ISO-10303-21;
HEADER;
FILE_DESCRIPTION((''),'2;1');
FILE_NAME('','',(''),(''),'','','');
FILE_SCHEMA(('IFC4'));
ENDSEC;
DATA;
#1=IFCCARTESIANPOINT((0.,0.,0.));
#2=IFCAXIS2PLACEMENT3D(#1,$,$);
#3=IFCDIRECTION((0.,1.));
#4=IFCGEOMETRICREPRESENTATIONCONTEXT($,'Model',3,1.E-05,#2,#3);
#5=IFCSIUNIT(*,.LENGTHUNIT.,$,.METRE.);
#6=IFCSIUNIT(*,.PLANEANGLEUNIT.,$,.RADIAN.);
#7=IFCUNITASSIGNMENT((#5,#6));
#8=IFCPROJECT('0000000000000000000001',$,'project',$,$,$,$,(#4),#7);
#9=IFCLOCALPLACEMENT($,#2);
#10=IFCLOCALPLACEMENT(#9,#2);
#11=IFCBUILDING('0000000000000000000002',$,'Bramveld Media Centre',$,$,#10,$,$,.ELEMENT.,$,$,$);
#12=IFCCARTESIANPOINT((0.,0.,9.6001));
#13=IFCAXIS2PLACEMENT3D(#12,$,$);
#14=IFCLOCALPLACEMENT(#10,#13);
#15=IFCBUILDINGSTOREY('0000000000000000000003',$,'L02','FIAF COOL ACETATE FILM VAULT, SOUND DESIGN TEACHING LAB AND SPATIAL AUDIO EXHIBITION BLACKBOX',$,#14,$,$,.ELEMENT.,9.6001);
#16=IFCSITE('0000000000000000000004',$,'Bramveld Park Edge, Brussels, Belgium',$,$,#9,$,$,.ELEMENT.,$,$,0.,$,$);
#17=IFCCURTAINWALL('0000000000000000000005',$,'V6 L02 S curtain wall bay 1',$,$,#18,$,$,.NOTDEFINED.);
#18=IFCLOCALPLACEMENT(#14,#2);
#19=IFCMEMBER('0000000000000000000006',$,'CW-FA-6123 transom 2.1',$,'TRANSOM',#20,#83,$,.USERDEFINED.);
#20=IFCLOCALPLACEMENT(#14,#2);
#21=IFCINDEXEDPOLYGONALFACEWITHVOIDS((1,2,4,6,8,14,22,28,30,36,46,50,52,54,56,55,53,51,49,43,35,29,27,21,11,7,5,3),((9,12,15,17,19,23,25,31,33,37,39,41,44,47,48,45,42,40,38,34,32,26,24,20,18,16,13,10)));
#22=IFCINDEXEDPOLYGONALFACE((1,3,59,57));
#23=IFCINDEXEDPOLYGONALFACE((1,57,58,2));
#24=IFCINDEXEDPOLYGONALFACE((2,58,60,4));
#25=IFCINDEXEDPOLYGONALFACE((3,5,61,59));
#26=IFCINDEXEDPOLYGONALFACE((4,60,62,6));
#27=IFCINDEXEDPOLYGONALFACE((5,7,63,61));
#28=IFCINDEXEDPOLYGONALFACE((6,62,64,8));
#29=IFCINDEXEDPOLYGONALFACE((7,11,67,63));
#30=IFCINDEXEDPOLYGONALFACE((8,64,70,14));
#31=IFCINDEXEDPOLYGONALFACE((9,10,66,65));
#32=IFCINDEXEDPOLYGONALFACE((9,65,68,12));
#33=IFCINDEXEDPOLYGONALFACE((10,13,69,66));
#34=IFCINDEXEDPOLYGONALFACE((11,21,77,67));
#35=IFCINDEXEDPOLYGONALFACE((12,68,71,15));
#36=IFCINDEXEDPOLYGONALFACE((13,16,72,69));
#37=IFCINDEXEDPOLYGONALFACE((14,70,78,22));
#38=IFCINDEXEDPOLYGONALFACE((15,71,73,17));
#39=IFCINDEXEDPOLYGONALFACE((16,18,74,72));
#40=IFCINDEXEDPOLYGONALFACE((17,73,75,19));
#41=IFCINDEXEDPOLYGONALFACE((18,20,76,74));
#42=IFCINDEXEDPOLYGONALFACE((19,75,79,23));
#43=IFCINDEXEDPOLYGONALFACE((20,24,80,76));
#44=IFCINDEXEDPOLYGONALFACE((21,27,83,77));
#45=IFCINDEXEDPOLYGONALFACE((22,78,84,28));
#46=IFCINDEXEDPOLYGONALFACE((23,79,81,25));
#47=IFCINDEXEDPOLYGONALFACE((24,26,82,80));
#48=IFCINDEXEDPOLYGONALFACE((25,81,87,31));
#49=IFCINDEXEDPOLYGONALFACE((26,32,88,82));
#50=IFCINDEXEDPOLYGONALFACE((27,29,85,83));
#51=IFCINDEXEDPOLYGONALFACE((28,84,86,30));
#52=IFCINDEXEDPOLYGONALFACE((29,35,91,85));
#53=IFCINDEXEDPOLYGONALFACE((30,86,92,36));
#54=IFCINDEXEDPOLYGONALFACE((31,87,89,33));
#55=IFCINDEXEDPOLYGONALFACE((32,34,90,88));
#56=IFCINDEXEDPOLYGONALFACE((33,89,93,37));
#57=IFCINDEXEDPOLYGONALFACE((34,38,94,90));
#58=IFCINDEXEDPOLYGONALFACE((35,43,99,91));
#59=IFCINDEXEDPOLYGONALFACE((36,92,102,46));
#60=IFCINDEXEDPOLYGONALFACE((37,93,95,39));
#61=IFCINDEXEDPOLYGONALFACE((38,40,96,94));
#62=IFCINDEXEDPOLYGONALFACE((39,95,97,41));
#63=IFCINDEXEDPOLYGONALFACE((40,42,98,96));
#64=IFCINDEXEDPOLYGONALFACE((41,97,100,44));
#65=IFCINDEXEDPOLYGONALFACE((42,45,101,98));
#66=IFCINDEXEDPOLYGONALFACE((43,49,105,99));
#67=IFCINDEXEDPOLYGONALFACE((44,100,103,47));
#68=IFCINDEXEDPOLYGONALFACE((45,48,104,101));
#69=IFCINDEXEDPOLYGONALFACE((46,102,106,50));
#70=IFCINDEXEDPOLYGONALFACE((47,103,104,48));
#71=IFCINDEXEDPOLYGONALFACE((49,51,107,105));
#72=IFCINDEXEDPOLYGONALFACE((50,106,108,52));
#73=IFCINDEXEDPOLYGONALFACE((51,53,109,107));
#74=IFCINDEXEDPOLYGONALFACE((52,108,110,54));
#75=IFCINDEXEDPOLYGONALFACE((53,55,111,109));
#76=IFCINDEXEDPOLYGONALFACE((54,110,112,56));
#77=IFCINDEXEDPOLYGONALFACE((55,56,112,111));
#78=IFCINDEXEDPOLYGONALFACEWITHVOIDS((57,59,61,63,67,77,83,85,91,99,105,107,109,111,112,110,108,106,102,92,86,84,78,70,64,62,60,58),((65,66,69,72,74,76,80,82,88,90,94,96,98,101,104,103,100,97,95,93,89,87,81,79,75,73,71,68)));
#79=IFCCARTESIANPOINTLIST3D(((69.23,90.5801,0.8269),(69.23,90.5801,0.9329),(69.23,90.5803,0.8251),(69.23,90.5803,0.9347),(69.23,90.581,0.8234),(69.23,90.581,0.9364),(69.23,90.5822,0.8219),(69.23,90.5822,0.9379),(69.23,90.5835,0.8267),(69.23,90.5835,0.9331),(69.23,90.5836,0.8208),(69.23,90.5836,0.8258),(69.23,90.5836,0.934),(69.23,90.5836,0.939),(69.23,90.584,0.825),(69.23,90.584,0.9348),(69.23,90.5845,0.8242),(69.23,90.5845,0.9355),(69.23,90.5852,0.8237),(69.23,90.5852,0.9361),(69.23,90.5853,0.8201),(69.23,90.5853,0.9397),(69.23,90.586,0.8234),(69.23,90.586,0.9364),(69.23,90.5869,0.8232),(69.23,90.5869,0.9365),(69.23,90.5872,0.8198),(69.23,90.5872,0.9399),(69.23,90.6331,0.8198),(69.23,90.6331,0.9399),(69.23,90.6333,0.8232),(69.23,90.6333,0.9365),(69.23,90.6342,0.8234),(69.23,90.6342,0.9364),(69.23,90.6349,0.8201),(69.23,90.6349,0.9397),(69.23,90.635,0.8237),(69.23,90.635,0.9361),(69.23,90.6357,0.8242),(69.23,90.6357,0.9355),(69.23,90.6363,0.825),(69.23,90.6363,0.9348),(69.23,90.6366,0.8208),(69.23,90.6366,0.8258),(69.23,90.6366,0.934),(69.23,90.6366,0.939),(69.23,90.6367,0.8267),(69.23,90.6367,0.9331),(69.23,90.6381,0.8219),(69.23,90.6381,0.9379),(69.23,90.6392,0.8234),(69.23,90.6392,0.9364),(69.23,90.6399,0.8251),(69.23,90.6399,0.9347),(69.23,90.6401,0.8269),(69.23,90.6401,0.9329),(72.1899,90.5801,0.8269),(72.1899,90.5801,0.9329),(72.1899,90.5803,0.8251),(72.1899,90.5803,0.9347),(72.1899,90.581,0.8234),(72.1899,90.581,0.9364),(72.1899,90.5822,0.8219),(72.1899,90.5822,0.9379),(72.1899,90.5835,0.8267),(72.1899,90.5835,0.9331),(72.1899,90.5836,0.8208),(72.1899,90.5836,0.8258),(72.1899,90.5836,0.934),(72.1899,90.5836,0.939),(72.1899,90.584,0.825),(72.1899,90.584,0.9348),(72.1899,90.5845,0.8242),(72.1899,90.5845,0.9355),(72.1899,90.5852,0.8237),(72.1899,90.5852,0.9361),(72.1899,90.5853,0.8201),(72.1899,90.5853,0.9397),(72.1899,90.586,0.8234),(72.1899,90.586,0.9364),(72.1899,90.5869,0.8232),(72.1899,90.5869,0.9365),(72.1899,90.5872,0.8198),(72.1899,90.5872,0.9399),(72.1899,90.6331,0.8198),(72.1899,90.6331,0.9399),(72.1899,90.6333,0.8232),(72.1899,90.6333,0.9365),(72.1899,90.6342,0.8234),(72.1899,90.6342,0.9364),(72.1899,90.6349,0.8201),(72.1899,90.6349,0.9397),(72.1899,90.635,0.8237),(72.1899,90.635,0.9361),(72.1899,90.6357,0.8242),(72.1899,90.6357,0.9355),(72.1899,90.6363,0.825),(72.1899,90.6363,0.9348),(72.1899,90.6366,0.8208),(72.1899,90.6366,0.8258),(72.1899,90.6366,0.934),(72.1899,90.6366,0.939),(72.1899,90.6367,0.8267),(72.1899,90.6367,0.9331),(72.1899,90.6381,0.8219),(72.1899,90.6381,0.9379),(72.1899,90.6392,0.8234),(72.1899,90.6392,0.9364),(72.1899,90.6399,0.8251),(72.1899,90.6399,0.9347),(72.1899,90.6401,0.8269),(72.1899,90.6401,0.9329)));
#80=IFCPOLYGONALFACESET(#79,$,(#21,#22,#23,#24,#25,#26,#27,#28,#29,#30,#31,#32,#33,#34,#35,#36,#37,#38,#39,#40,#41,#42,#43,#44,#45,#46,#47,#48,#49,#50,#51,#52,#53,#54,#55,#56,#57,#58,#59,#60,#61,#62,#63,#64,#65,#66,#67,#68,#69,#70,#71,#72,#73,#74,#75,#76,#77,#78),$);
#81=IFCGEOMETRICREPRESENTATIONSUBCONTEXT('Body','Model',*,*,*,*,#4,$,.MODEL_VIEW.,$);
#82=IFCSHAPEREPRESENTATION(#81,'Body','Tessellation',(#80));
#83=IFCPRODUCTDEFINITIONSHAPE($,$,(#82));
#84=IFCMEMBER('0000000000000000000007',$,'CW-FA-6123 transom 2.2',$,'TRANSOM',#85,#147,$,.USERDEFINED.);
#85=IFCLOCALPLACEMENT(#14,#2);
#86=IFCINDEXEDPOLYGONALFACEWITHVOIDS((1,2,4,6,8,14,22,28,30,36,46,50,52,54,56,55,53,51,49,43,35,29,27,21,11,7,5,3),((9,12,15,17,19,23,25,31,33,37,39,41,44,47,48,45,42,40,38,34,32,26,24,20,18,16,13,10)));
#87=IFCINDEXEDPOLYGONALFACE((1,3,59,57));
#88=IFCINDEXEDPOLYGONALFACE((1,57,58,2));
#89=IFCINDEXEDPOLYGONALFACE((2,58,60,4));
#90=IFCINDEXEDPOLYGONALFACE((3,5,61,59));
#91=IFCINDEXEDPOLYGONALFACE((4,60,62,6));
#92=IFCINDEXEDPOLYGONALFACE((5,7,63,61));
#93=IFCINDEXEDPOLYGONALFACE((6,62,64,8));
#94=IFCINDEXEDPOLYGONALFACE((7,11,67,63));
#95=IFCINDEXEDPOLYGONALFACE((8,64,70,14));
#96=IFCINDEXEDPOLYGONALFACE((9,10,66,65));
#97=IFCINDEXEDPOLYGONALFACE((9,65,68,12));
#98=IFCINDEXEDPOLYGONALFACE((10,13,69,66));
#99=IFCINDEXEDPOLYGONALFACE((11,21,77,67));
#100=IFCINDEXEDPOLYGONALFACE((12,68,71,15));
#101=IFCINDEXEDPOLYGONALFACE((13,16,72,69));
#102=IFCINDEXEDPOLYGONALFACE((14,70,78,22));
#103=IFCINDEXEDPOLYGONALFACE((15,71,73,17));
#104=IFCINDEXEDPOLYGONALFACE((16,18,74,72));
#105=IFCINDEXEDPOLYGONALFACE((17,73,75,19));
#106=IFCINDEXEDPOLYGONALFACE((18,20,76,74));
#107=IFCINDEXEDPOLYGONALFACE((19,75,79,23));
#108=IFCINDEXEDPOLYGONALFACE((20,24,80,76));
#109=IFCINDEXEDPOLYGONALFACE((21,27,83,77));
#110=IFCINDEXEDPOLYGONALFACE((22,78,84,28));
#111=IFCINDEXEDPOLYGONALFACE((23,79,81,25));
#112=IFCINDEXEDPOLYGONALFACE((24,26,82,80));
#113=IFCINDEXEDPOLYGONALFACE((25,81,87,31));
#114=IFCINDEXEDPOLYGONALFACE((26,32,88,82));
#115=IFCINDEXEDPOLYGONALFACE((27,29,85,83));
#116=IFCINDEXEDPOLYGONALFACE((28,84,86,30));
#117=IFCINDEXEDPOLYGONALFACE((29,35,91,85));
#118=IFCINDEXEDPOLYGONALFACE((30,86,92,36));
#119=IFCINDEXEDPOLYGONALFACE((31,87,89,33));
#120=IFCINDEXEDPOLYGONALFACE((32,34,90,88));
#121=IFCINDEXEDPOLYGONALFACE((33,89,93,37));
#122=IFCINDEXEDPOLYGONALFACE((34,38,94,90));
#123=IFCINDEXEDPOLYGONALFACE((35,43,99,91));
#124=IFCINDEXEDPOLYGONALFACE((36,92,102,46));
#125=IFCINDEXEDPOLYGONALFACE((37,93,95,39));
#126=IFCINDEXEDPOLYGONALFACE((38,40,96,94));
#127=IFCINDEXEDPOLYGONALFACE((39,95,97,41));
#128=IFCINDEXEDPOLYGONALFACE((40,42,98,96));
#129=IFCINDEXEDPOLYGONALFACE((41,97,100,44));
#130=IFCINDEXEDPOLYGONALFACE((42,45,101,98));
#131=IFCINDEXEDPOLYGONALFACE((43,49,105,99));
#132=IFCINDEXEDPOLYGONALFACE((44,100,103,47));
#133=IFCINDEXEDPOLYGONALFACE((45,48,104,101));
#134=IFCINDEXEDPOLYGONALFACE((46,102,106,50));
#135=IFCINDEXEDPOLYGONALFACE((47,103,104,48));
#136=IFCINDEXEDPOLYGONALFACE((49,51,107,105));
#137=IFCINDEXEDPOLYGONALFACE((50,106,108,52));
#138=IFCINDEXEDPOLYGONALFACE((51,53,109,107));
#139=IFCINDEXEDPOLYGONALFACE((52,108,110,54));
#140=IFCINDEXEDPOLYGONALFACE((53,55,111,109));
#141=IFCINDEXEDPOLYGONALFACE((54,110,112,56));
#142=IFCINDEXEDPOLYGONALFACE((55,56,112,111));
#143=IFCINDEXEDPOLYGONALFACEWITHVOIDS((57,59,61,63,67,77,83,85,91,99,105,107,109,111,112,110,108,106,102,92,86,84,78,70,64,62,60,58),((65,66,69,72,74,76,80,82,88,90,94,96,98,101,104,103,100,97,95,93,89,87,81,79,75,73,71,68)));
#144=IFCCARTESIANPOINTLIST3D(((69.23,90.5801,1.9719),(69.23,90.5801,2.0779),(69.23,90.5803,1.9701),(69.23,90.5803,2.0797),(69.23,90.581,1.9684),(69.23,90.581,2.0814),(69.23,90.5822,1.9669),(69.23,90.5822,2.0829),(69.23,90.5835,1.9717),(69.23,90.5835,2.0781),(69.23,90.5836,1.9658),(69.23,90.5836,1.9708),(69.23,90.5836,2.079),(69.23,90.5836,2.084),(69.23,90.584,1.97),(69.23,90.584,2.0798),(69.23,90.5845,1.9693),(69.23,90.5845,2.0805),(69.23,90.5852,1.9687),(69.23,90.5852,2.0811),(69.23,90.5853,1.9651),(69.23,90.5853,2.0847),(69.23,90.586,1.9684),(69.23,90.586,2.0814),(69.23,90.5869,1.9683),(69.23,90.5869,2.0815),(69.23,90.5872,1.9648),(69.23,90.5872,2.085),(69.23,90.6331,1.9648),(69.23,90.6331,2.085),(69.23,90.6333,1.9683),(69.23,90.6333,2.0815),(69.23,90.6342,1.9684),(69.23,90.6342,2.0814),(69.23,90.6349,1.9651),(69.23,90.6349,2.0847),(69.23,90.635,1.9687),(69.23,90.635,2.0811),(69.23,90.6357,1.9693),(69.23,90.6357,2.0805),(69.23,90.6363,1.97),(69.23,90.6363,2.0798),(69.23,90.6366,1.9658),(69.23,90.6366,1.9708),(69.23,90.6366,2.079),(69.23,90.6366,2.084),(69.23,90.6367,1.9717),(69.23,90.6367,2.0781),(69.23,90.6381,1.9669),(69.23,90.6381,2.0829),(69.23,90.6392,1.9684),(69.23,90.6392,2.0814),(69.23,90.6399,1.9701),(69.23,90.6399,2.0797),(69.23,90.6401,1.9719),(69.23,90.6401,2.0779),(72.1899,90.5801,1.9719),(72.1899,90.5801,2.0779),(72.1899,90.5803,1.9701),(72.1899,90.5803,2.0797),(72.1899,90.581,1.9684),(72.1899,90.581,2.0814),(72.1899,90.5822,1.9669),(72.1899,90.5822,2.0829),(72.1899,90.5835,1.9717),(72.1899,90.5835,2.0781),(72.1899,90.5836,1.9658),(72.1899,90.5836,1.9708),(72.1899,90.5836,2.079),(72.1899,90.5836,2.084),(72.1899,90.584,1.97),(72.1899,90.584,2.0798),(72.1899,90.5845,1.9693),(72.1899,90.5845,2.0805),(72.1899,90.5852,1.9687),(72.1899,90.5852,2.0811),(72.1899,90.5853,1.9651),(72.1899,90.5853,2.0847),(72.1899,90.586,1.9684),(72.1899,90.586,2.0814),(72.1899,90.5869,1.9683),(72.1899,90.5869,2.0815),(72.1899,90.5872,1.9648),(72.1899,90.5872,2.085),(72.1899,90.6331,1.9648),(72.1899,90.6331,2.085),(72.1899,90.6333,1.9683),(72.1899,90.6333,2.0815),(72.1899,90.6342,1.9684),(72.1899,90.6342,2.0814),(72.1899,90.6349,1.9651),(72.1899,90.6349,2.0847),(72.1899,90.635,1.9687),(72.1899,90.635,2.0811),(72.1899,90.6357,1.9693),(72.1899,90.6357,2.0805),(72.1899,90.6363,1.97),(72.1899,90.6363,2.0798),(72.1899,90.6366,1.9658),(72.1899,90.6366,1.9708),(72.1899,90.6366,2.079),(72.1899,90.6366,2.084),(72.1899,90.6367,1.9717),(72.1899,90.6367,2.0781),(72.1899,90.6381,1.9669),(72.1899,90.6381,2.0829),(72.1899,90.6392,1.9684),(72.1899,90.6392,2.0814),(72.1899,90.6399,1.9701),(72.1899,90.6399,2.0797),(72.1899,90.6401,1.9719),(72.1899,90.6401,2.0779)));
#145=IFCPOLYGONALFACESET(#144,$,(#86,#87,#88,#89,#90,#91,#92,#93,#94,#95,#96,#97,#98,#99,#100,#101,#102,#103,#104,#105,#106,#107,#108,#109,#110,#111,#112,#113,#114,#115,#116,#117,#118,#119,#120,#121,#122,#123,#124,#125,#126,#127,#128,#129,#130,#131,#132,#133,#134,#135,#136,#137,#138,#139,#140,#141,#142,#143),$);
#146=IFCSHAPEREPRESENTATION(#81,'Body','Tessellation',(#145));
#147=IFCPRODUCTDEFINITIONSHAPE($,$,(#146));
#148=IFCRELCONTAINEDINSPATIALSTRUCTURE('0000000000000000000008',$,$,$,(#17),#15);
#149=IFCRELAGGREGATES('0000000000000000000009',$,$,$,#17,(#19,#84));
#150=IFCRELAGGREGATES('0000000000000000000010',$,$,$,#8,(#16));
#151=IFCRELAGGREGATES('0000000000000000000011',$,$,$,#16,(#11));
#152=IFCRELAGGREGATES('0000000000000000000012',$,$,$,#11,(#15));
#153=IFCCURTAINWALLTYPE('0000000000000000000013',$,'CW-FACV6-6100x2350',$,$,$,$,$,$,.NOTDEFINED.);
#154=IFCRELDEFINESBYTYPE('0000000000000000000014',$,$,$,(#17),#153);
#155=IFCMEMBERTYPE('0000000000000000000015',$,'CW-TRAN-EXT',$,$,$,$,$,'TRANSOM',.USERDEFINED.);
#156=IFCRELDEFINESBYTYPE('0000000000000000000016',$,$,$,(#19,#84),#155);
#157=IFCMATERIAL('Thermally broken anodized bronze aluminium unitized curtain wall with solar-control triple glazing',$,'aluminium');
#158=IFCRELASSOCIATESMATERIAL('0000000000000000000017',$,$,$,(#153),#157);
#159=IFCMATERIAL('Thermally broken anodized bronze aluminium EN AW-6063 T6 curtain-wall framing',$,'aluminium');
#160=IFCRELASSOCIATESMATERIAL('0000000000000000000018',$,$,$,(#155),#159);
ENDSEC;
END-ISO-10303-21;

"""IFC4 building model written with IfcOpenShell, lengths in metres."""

from ifc_helpers import new_model, si_unit, direction, frame, origin, origin_2d, place, context, subcontext, project, spatial, hollow_rectangle, extrude, material, material_profile, profile_set, type_object, element, aggregate, save


model = new_model("IFC4")

# Units and contexts
model_context = context("Model", 3, precision=1e-05, world=origin(), true_north=direction((0.0, 1.0)))
body_context = subcontext(model_context, "Body", "Model", "MODEL_VIEW")
ifc_project = project(units=[si_unit("LENGTHUNIT", "METRE"), si_unit("PLANEANGLEUNIT", "RADIAN")], contexts=[model_context])

# Site, building, storey
site_placement = place(None, origin())
site = spatial("IfcSite", under=ifc_project, at=site_placement, Name="Bramveld Park Edge, Brussels, Belgium", CompositionType="ELEMENT", RefElevation=0.0)
building_placement = place(site_placement, origin())
building = spatial("IfcBuilding", under=site, at=building_placement, Name="Bramveld Media Centre", CompositionType="ELEMENT")
storey_placement = place(building_placement, frame((0.0, 0.0, 9.6001)))
storey = spatial("IfcBuildingStorey", under=building, at=storey_placement, Name="L02", Description="FIAF COOL ACETATE FILM VAULT, SOUND DESIGN TEACHING LAB AND SPATIAL AUDIO EXHIBITION BLACKBOX", CompositionType="ELEMENT", Elevation=9.6001)

# Curtain wall, members
ifc_material_1 = material(Name="Thermally broken anodized bronze aluminium unitized curtain wall with solar-control triple glazing", Category="aluminium")
curtain_wall_type = type_object("IfcCurtainWallType", Name="CW-FACV6-6100x2350", PredefinedType="NOTDEFINED", material=ifc_material_1)
curtain_wall_placement = place(storey_placement, origin())
curtain_wall = element("IfcCurtainWall", 1, at=curtain_wall_placement, inside=storey, type_object=curtain_wall_type, Name="V6 L02 S curtain wall bay 1", PredefinedType="NOTDEFINED")
ifc_material_2 = material(Name="Thermally broken anodized bronze aluminium EN AW-6063 T6 curtain-wall framing", Category="aluminium")
ifc_material_profile_1 = material_profile(ifc_material_2, hollow_rectangle(XDim=0.0601, YDim=0.1201, WallThickness=0.0034, InnerFilletRadius=0.0034, OuterFilletRadius=0.0071, at=origin_2d()), Name="AL-TRAN 60x120")
ifc_profile_set_1 = profile_set([ifc_material_profile_1], Name="Thermally broken anodized bronze aluminium EN AW-6063 T6 curtain-wall framing")
member_type_1 = type_object("IfcMemberType", Name="CW-TRAN-EXT", ElementType="TRANSOM", PredefinedType="USERDEFINED", material=ifc_profile_set_1)
member_1_placement = place(storey_placement, frame((69.23, 90.6101, 0.8799), z_axis=(1.0, 0.0, 0.0), x_axis=(0.0, 1.0, 0.0)))
member_1 = element("IfcMember", 2, at=member_1_placement, type_object=member_type_1, Name="CW-FA-6123 transom 2.1", ObjectType="TRANSOM", PredefinedType="USERDEFINED", context=body_context, shape_type="SweptSolid", body=[
    extrude(hollow_rectangle(XDim=0.0601, YDim=0.1201, WallThickness=0.0034, InnerFilletRadius=0.0034, OuterFilletRadius=0.0071, at=origin_2d()), origin(), (0.0, 0.0, 1.0), 2.96),
])
member_2_placement = place(storey_placement, frame((69.23, 90.6101, 2.0249), z_axis=(1.0, 0.0, 0.0), x_axis=(0.0, 1.0, 0.0)))
member_2 = element("IfcMember", 3, at=member_2_placement, type_object=member_type_1, Name="CW-FA-6123 transom 2.2", ObjectType="TRANSOM", PredefinedType="USERDEFINED", context=body_context, shape_type="SweptSolid", body=[
    extrude(hollow_rectangle(XDim=0.0601, YDim=0.1201, WallThickness=0.0034, InnerFilletRadius=0.0034, OuterFilletRadius=0.0071, at=origin_2d()), origin(), (0.0, 0.0, 1.0), 2.96),
])

aggregate(curtain_wall, [member_1, member_2])

save(model, "model.ifc")
